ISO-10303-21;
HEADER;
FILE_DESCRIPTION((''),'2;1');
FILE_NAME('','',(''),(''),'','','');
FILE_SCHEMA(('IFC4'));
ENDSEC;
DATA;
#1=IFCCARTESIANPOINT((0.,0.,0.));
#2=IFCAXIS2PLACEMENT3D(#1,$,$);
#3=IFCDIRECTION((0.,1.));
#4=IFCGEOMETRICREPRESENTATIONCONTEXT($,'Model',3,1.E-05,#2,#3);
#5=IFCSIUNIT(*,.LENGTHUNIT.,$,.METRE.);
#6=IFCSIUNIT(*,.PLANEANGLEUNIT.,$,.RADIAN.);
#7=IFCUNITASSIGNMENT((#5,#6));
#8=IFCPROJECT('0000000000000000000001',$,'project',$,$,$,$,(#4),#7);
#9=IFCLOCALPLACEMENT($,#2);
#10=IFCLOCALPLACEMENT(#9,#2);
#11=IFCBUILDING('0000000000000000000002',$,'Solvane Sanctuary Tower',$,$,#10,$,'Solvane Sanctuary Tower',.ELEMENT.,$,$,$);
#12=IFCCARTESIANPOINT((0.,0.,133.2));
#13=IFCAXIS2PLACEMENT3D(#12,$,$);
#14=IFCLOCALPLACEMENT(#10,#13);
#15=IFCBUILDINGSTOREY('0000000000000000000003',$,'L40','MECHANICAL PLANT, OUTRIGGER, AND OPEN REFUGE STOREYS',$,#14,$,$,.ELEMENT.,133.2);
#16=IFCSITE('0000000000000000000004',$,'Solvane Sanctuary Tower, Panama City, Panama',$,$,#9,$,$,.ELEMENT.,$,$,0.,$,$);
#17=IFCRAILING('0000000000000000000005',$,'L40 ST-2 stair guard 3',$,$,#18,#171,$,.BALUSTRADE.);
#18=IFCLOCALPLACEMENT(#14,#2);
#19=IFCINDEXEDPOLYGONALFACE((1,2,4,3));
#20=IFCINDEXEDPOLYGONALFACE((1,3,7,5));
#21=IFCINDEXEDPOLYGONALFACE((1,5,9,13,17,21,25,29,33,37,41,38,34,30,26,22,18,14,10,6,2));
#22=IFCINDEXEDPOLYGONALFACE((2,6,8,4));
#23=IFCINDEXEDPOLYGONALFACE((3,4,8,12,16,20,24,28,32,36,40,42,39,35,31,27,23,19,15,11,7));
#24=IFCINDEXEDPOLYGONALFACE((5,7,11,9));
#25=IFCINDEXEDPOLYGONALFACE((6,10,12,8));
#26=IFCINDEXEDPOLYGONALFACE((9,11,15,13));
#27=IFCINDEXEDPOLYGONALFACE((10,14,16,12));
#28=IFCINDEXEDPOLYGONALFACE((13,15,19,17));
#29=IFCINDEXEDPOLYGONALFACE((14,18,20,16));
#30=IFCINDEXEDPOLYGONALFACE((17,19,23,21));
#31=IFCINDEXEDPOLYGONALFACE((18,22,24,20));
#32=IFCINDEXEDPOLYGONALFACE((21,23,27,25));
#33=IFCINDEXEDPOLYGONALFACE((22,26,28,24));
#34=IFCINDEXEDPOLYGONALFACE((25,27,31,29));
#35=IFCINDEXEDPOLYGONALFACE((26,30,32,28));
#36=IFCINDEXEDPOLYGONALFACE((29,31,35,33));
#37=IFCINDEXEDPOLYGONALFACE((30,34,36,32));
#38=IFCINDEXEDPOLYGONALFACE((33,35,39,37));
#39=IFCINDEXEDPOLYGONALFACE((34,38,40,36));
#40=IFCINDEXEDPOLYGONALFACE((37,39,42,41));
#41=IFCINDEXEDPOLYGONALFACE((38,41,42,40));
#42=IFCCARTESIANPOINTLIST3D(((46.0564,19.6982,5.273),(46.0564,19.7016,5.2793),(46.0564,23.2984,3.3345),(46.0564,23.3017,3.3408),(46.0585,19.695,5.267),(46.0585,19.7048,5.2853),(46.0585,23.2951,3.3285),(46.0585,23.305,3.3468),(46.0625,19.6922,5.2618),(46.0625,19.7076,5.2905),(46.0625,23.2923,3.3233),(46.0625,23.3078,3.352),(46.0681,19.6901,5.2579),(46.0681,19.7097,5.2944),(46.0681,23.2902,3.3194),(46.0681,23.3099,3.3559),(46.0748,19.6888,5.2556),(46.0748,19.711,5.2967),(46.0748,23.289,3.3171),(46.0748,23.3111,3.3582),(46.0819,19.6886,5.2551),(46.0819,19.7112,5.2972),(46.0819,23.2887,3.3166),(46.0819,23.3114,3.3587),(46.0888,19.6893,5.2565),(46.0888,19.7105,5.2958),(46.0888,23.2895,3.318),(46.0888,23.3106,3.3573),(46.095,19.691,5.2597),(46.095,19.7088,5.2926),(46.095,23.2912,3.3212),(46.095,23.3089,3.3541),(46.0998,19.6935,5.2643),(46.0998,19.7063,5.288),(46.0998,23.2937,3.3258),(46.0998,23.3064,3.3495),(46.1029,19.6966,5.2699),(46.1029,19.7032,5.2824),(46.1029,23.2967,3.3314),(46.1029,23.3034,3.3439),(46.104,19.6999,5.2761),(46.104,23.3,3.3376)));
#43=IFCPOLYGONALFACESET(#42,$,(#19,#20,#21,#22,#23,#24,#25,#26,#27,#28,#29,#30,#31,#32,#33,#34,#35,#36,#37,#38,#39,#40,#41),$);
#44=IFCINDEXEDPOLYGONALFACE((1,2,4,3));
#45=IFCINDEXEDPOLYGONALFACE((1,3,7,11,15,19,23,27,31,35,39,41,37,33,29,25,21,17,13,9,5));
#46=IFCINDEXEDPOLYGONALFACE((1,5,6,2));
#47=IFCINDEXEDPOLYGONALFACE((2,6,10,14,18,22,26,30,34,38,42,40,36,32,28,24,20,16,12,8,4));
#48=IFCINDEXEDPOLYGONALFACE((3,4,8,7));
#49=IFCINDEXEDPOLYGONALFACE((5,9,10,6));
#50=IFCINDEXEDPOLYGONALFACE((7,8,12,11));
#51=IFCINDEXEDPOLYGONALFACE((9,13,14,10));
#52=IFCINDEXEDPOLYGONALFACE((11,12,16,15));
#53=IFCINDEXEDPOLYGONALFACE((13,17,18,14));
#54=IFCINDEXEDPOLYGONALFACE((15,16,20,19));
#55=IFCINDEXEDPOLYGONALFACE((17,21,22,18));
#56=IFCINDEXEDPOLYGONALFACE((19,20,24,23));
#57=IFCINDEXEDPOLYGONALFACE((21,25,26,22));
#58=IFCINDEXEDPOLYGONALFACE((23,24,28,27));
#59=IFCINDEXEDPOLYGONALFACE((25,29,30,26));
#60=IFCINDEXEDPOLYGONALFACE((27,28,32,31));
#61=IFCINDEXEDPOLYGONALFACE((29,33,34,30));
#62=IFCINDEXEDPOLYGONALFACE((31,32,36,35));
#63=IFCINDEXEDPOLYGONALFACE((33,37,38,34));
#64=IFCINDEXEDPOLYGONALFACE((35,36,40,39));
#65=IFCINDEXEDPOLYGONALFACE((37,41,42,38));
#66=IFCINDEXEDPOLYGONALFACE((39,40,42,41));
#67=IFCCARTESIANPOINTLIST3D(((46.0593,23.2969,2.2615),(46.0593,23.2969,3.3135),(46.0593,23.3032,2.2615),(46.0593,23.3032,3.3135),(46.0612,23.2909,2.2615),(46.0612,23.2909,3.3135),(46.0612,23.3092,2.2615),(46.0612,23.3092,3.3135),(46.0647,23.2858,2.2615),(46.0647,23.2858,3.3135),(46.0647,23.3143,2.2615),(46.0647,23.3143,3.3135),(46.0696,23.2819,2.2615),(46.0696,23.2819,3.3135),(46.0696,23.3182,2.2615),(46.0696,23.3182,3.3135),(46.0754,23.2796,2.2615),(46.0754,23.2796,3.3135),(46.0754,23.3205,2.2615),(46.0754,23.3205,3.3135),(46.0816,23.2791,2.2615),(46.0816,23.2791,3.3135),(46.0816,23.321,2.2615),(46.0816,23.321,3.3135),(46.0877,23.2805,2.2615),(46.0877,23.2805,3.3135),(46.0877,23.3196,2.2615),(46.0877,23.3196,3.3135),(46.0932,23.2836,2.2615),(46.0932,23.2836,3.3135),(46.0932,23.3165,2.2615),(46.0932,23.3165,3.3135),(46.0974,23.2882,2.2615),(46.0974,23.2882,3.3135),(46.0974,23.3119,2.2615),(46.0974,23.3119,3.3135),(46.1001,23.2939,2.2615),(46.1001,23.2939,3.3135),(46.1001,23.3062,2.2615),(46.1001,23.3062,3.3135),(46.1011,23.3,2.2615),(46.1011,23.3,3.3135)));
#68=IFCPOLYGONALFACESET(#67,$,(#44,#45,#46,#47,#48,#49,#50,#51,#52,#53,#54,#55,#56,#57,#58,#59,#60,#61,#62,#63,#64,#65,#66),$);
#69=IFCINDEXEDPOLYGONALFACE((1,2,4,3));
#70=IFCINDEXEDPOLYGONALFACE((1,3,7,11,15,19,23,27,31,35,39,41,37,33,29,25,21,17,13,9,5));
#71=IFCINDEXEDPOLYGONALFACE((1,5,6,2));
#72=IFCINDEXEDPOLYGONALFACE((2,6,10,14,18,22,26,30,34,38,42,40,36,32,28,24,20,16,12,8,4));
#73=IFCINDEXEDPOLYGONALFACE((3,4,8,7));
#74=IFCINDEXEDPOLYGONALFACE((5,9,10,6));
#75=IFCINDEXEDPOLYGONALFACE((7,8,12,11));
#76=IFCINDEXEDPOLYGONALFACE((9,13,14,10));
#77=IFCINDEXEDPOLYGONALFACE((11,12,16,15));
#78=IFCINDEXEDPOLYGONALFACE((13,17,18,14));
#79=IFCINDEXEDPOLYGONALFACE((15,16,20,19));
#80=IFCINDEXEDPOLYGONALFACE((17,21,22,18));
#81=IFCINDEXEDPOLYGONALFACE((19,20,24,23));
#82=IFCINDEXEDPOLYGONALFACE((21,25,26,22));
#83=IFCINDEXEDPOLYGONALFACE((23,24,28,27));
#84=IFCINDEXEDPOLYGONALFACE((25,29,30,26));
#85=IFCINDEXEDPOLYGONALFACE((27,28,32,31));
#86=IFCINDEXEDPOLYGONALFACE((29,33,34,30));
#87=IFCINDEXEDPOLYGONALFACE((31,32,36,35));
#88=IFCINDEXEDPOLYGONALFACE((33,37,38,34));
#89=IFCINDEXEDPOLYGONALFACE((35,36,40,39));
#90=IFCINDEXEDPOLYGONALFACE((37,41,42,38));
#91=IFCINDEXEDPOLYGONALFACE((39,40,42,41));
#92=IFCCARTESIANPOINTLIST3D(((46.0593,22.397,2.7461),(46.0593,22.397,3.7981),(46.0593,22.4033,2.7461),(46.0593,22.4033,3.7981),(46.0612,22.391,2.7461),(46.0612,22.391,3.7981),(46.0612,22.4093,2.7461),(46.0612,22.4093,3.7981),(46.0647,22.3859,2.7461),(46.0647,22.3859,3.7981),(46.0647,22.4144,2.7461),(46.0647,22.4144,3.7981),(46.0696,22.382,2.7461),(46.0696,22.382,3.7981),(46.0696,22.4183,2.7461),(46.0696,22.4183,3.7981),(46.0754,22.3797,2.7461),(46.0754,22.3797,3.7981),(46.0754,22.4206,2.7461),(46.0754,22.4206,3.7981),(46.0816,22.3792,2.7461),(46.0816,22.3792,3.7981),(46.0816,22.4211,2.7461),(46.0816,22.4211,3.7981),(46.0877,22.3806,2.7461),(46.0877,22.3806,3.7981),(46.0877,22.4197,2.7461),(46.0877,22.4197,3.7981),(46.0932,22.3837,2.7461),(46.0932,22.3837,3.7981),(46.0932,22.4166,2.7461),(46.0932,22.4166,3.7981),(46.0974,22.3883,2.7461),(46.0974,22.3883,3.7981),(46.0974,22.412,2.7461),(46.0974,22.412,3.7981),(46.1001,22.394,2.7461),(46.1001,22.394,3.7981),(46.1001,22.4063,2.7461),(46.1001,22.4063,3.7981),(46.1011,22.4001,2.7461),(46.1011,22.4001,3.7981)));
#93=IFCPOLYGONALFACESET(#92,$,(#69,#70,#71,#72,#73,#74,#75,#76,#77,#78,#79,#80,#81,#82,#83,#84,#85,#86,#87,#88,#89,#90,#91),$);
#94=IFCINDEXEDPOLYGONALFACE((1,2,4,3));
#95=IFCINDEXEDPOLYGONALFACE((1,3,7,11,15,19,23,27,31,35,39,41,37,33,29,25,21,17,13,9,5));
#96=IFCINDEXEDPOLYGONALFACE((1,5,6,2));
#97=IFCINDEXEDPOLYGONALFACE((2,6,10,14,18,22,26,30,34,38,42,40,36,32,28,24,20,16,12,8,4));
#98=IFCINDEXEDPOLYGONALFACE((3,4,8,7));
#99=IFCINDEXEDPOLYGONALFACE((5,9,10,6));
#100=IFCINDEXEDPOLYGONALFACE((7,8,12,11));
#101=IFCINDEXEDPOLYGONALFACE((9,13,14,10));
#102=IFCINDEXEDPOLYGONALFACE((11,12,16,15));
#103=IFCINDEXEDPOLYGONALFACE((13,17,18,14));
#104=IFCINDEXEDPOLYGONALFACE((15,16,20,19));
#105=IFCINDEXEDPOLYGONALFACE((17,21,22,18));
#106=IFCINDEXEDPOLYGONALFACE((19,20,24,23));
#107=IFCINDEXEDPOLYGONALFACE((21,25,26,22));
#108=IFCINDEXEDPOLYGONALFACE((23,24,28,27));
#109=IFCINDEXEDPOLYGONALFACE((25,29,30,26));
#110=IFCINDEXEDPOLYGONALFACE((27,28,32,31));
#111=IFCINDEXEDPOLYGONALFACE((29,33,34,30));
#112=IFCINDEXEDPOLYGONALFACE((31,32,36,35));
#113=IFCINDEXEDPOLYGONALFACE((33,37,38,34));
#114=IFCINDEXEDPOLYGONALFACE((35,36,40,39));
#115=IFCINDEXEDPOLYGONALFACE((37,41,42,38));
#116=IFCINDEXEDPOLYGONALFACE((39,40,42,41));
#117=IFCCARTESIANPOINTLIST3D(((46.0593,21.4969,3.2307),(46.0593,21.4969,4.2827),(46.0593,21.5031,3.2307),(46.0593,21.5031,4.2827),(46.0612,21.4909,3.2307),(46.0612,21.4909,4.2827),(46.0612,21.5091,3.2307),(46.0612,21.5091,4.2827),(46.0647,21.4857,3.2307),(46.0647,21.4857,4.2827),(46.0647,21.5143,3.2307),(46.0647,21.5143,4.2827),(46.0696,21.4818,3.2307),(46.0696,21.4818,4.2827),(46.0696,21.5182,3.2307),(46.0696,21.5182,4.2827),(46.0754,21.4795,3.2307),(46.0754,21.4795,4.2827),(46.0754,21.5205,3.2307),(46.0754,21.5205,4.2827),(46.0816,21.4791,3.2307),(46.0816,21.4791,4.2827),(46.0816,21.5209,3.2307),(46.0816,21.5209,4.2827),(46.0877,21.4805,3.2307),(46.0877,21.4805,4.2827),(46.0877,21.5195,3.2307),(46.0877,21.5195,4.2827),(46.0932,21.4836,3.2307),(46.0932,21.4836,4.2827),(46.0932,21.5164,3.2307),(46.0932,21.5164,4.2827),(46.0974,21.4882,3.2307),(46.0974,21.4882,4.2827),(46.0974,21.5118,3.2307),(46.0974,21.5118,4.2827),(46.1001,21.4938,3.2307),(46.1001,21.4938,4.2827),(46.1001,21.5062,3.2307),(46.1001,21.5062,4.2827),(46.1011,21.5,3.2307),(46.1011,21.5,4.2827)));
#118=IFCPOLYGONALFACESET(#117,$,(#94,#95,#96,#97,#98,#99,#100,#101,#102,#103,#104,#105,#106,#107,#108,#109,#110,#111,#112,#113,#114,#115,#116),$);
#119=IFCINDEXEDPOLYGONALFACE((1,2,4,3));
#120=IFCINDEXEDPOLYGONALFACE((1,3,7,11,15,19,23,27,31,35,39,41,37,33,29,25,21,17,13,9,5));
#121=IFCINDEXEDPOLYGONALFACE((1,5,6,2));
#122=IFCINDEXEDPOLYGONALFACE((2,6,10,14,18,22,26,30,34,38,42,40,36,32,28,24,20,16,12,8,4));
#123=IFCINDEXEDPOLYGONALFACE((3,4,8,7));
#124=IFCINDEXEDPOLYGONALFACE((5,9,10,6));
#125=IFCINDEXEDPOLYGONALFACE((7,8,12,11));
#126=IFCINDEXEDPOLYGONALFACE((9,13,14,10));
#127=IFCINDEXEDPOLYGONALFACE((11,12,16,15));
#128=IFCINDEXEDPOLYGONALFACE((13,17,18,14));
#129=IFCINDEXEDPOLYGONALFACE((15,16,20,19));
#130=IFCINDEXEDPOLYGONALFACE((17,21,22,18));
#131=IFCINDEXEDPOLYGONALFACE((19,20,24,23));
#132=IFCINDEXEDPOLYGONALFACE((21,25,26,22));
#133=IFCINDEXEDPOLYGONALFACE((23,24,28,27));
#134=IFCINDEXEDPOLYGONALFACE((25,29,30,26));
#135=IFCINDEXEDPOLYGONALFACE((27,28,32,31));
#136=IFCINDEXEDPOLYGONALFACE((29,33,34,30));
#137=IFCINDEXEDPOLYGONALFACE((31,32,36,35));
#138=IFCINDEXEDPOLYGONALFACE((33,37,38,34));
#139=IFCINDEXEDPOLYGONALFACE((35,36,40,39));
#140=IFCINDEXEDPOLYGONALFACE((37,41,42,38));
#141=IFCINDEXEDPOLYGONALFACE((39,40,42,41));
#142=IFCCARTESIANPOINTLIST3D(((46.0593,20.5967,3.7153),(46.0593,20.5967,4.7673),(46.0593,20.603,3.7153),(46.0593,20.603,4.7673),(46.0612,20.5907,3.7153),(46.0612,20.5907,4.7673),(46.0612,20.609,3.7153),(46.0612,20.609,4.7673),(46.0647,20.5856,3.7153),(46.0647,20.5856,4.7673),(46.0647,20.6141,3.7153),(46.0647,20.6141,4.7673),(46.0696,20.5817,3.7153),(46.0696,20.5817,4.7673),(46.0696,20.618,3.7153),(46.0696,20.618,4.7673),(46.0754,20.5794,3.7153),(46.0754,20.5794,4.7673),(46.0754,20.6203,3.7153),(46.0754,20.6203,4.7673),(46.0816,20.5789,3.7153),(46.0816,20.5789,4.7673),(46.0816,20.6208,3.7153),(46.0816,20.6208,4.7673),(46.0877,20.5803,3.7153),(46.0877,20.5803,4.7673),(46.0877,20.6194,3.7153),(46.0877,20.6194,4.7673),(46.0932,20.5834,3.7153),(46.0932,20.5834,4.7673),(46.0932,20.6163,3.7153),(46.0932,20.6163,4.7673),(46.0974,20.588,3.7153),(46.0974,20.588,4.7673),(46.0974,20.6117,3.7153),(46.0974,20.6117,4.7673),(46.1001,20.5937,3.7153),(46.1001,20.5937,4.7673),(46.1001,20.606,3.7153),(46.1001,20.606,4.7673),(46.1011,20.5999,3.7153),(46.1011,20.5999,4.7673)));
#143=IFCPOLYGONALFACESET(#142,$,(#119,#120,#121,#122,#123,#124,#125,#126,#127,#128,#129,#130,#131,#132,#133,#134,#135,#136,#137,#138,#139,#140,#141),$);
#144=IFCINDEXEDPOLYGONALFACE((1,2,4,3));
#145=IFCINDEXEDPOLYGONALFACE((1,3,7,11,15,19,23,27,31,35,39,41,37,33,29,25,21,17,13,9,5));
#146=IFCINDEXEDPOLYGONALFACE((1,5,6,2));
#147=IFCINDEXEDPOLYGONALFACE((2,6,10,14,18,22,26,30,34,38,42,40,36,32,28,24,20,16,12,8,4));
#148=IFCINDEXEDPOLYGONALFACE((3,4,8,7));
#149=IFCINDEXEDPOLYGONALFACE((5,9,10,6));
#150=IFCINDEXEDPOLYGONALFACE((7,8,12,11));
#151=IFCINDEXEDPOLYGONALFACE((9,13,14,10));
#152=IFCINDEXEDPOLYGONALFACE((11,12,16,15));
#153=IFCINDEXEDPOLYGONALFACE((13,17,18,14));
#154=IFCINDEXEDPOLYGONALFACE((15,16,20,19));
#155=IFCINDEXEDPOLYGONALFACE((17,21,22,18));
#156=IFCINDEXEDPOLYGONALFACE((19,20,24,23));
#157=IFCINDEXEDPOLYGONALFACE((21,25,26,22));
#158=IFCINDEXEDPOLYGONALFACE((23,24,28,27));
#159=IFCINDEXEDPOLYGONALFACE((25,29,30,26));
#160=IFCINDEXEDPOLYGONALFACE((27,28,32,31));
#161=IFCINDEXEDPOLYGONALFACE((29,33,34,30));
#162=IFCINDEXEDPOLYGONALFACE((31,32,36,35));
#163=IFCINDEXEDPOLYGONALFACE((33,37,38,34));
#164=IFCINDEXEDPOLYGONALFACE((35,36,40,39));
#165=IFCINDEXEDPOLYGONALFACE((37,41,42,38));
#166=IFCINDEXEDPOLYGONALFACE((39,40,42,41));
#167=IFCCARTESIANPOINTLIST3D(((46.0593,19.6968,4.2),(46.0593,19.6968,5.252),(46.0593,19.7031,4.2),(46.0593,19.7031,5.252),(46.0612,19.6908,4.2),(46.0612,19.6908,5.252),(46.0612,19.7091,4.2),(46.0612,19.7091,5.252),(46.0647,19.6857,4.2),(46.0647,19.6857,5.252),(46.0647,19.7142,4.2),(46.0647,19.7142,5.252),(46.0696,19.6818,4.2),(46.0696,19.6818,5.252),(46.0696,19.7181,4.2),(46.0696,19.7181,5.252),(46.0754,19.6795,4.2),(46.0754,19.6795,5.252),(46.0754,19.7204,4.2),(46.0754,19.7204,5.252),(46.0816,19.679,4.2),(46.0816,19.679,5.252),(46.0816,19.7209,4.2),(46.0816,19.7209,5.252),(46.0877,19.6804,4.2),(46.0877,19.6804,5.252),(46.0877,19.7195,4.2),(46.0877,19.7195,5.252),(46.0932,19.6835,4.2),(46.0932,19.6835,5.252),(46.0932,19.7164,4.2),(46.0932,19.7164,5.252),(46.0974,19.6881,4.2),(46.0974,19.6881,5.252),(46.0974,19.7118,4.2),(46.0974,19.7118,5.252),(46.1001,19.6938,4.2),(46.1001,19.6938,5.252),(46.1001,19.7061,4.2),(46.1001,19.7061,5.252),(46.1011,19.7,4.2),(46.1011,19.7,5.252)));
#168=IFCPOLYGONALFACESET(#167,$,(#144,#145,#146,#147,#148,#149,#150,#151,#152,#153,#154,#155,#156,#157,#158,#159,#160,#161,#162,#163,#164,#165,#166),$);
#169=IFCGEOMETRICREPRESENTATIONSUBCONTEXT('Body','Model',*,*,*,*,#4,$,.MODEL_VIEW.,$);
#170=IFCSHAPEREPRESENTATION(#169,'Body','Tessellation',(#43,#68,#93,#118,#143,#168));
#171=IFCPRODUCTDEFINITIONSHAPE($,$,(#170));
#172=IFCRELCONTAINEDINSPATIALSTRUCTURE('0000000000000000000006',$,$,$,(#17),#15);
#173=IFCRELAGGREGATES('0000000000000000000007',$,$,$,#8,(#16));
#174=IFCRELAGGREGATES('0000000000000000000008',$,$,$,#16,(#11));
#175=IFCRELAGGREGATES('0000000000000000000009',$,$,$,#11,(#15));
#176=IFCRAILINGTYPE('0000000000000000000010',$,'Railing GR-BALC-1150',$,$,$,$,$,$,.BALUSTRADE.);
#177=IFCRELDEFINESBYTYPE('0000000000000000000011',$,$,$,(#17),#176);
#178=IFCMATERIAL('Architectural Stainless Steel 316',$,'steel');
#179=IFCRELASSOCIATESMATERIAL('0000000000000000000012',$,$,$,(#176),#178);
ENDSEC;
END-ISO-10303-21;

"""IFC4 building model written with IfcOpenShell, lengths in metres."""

from ifc_helpers import new_model, si_unit, direction, frame, origin, origin_2d, place, context, subcontext, project, spatial, circle, extrude, material, type_object, element, save


model = new_model("IFC4")

# Units and contexts
model_context = context("Model", 3, precision=1e-05, world=origin(), true_north=direction((0.0, 1.0)))
body_context = subcontext(model_context, "Body", "Model", "MODEL_VIEW")
ifc_project = project(units=[si_unit("LENGTHUNIT", "METRE"), si_unit("PLANEANGLEUNIT", "RADIAN")], contexts=[model_context])

# Site, building, storey
site_placement = place(None, origin())
site = spatial("IfcSite", under=ifc_project, at=site_placement, Name="Solvane Sanctuary Tower, Panama City, Panama", CompositionType="ELEMENT", RefElevation=0.0)
building_placement = place(site_placement, origin())
building = spatial("IfcBuilding", under=site, at=building_placement, Name="Solvane Sanctuary Tower", LongName="Solvane Sanctuary Tower", CompositionType="ELEMENT")
storey_placement = place(building_placement, frame((0.0, 0.0, 133.2)))
storey = spatial("IfcBuildingStorey", under=building, at=storey_placement, Name="L40", Description="MECHANICAL PLANT, OUTRIGGER, AND OPEN REFUGE STOREYS", CompositionType="ELEMENT", Elevation=133.2)

# Shared definitions
ifc_material_1 = material(Name="Architectural Stainless Steel 316", Category="steel")

# Railing
railing_type_1 = type_object("IfcRailingType", Name="Railing GR-BALC-1150", PredefinedType="BALUSTRADE", material=ifc_material_1)
railing_1_placement = place(storey_placement, frame((46.0801, 23.3, 2.2615)))
element("IfcRailing", 1, at=railing_1_placement, inside=storey, type_object=railing_type_1, Name="L40 ST-2 stair guard 3", PredefinedType="BALUSTRADE", context=body_context, shape_type="SweptSolid", body=[
    extrude(circle(Radius=0.0239, at=origin_2d()), frame((0.0, 0.0, 1.0762), z_axis=(0.0, -0.880475, 0.474093), x_axis=(1.0, 0.0, 0.0)), (0.0, 0.0, 1.0), 4.0889),
    extrude(circle(Radius=0.021, at=origin_2d()), origin(), (0.0, 0.0, 1.0), 1.052),
    extrude(circle(Radius=0.021, at=origin_2d()), frame((0.0, -0.8999, 0.4846)), (0.0, 0.0, 1.0), 1.052),
    extrude(circle(Radius=0.021, at=origin_2d()), frame((0.0, -1.8, 0.9692)), (0.0, 0.0, 1.0), 1.052),
    extrude(circle(Radius=0.021, at=origin_2d()), frame((0.0, -2.7002, 1.4539)), (0.0, 0.0, 1.0), 1.052),
    extrude(circle(Radius=0.021, at=origin_2d()), frame((0.0, -3.6001, 1.9385)), (0.0, 0.0, 1.0), 1.052),
])

save(model, "model.ifc")
